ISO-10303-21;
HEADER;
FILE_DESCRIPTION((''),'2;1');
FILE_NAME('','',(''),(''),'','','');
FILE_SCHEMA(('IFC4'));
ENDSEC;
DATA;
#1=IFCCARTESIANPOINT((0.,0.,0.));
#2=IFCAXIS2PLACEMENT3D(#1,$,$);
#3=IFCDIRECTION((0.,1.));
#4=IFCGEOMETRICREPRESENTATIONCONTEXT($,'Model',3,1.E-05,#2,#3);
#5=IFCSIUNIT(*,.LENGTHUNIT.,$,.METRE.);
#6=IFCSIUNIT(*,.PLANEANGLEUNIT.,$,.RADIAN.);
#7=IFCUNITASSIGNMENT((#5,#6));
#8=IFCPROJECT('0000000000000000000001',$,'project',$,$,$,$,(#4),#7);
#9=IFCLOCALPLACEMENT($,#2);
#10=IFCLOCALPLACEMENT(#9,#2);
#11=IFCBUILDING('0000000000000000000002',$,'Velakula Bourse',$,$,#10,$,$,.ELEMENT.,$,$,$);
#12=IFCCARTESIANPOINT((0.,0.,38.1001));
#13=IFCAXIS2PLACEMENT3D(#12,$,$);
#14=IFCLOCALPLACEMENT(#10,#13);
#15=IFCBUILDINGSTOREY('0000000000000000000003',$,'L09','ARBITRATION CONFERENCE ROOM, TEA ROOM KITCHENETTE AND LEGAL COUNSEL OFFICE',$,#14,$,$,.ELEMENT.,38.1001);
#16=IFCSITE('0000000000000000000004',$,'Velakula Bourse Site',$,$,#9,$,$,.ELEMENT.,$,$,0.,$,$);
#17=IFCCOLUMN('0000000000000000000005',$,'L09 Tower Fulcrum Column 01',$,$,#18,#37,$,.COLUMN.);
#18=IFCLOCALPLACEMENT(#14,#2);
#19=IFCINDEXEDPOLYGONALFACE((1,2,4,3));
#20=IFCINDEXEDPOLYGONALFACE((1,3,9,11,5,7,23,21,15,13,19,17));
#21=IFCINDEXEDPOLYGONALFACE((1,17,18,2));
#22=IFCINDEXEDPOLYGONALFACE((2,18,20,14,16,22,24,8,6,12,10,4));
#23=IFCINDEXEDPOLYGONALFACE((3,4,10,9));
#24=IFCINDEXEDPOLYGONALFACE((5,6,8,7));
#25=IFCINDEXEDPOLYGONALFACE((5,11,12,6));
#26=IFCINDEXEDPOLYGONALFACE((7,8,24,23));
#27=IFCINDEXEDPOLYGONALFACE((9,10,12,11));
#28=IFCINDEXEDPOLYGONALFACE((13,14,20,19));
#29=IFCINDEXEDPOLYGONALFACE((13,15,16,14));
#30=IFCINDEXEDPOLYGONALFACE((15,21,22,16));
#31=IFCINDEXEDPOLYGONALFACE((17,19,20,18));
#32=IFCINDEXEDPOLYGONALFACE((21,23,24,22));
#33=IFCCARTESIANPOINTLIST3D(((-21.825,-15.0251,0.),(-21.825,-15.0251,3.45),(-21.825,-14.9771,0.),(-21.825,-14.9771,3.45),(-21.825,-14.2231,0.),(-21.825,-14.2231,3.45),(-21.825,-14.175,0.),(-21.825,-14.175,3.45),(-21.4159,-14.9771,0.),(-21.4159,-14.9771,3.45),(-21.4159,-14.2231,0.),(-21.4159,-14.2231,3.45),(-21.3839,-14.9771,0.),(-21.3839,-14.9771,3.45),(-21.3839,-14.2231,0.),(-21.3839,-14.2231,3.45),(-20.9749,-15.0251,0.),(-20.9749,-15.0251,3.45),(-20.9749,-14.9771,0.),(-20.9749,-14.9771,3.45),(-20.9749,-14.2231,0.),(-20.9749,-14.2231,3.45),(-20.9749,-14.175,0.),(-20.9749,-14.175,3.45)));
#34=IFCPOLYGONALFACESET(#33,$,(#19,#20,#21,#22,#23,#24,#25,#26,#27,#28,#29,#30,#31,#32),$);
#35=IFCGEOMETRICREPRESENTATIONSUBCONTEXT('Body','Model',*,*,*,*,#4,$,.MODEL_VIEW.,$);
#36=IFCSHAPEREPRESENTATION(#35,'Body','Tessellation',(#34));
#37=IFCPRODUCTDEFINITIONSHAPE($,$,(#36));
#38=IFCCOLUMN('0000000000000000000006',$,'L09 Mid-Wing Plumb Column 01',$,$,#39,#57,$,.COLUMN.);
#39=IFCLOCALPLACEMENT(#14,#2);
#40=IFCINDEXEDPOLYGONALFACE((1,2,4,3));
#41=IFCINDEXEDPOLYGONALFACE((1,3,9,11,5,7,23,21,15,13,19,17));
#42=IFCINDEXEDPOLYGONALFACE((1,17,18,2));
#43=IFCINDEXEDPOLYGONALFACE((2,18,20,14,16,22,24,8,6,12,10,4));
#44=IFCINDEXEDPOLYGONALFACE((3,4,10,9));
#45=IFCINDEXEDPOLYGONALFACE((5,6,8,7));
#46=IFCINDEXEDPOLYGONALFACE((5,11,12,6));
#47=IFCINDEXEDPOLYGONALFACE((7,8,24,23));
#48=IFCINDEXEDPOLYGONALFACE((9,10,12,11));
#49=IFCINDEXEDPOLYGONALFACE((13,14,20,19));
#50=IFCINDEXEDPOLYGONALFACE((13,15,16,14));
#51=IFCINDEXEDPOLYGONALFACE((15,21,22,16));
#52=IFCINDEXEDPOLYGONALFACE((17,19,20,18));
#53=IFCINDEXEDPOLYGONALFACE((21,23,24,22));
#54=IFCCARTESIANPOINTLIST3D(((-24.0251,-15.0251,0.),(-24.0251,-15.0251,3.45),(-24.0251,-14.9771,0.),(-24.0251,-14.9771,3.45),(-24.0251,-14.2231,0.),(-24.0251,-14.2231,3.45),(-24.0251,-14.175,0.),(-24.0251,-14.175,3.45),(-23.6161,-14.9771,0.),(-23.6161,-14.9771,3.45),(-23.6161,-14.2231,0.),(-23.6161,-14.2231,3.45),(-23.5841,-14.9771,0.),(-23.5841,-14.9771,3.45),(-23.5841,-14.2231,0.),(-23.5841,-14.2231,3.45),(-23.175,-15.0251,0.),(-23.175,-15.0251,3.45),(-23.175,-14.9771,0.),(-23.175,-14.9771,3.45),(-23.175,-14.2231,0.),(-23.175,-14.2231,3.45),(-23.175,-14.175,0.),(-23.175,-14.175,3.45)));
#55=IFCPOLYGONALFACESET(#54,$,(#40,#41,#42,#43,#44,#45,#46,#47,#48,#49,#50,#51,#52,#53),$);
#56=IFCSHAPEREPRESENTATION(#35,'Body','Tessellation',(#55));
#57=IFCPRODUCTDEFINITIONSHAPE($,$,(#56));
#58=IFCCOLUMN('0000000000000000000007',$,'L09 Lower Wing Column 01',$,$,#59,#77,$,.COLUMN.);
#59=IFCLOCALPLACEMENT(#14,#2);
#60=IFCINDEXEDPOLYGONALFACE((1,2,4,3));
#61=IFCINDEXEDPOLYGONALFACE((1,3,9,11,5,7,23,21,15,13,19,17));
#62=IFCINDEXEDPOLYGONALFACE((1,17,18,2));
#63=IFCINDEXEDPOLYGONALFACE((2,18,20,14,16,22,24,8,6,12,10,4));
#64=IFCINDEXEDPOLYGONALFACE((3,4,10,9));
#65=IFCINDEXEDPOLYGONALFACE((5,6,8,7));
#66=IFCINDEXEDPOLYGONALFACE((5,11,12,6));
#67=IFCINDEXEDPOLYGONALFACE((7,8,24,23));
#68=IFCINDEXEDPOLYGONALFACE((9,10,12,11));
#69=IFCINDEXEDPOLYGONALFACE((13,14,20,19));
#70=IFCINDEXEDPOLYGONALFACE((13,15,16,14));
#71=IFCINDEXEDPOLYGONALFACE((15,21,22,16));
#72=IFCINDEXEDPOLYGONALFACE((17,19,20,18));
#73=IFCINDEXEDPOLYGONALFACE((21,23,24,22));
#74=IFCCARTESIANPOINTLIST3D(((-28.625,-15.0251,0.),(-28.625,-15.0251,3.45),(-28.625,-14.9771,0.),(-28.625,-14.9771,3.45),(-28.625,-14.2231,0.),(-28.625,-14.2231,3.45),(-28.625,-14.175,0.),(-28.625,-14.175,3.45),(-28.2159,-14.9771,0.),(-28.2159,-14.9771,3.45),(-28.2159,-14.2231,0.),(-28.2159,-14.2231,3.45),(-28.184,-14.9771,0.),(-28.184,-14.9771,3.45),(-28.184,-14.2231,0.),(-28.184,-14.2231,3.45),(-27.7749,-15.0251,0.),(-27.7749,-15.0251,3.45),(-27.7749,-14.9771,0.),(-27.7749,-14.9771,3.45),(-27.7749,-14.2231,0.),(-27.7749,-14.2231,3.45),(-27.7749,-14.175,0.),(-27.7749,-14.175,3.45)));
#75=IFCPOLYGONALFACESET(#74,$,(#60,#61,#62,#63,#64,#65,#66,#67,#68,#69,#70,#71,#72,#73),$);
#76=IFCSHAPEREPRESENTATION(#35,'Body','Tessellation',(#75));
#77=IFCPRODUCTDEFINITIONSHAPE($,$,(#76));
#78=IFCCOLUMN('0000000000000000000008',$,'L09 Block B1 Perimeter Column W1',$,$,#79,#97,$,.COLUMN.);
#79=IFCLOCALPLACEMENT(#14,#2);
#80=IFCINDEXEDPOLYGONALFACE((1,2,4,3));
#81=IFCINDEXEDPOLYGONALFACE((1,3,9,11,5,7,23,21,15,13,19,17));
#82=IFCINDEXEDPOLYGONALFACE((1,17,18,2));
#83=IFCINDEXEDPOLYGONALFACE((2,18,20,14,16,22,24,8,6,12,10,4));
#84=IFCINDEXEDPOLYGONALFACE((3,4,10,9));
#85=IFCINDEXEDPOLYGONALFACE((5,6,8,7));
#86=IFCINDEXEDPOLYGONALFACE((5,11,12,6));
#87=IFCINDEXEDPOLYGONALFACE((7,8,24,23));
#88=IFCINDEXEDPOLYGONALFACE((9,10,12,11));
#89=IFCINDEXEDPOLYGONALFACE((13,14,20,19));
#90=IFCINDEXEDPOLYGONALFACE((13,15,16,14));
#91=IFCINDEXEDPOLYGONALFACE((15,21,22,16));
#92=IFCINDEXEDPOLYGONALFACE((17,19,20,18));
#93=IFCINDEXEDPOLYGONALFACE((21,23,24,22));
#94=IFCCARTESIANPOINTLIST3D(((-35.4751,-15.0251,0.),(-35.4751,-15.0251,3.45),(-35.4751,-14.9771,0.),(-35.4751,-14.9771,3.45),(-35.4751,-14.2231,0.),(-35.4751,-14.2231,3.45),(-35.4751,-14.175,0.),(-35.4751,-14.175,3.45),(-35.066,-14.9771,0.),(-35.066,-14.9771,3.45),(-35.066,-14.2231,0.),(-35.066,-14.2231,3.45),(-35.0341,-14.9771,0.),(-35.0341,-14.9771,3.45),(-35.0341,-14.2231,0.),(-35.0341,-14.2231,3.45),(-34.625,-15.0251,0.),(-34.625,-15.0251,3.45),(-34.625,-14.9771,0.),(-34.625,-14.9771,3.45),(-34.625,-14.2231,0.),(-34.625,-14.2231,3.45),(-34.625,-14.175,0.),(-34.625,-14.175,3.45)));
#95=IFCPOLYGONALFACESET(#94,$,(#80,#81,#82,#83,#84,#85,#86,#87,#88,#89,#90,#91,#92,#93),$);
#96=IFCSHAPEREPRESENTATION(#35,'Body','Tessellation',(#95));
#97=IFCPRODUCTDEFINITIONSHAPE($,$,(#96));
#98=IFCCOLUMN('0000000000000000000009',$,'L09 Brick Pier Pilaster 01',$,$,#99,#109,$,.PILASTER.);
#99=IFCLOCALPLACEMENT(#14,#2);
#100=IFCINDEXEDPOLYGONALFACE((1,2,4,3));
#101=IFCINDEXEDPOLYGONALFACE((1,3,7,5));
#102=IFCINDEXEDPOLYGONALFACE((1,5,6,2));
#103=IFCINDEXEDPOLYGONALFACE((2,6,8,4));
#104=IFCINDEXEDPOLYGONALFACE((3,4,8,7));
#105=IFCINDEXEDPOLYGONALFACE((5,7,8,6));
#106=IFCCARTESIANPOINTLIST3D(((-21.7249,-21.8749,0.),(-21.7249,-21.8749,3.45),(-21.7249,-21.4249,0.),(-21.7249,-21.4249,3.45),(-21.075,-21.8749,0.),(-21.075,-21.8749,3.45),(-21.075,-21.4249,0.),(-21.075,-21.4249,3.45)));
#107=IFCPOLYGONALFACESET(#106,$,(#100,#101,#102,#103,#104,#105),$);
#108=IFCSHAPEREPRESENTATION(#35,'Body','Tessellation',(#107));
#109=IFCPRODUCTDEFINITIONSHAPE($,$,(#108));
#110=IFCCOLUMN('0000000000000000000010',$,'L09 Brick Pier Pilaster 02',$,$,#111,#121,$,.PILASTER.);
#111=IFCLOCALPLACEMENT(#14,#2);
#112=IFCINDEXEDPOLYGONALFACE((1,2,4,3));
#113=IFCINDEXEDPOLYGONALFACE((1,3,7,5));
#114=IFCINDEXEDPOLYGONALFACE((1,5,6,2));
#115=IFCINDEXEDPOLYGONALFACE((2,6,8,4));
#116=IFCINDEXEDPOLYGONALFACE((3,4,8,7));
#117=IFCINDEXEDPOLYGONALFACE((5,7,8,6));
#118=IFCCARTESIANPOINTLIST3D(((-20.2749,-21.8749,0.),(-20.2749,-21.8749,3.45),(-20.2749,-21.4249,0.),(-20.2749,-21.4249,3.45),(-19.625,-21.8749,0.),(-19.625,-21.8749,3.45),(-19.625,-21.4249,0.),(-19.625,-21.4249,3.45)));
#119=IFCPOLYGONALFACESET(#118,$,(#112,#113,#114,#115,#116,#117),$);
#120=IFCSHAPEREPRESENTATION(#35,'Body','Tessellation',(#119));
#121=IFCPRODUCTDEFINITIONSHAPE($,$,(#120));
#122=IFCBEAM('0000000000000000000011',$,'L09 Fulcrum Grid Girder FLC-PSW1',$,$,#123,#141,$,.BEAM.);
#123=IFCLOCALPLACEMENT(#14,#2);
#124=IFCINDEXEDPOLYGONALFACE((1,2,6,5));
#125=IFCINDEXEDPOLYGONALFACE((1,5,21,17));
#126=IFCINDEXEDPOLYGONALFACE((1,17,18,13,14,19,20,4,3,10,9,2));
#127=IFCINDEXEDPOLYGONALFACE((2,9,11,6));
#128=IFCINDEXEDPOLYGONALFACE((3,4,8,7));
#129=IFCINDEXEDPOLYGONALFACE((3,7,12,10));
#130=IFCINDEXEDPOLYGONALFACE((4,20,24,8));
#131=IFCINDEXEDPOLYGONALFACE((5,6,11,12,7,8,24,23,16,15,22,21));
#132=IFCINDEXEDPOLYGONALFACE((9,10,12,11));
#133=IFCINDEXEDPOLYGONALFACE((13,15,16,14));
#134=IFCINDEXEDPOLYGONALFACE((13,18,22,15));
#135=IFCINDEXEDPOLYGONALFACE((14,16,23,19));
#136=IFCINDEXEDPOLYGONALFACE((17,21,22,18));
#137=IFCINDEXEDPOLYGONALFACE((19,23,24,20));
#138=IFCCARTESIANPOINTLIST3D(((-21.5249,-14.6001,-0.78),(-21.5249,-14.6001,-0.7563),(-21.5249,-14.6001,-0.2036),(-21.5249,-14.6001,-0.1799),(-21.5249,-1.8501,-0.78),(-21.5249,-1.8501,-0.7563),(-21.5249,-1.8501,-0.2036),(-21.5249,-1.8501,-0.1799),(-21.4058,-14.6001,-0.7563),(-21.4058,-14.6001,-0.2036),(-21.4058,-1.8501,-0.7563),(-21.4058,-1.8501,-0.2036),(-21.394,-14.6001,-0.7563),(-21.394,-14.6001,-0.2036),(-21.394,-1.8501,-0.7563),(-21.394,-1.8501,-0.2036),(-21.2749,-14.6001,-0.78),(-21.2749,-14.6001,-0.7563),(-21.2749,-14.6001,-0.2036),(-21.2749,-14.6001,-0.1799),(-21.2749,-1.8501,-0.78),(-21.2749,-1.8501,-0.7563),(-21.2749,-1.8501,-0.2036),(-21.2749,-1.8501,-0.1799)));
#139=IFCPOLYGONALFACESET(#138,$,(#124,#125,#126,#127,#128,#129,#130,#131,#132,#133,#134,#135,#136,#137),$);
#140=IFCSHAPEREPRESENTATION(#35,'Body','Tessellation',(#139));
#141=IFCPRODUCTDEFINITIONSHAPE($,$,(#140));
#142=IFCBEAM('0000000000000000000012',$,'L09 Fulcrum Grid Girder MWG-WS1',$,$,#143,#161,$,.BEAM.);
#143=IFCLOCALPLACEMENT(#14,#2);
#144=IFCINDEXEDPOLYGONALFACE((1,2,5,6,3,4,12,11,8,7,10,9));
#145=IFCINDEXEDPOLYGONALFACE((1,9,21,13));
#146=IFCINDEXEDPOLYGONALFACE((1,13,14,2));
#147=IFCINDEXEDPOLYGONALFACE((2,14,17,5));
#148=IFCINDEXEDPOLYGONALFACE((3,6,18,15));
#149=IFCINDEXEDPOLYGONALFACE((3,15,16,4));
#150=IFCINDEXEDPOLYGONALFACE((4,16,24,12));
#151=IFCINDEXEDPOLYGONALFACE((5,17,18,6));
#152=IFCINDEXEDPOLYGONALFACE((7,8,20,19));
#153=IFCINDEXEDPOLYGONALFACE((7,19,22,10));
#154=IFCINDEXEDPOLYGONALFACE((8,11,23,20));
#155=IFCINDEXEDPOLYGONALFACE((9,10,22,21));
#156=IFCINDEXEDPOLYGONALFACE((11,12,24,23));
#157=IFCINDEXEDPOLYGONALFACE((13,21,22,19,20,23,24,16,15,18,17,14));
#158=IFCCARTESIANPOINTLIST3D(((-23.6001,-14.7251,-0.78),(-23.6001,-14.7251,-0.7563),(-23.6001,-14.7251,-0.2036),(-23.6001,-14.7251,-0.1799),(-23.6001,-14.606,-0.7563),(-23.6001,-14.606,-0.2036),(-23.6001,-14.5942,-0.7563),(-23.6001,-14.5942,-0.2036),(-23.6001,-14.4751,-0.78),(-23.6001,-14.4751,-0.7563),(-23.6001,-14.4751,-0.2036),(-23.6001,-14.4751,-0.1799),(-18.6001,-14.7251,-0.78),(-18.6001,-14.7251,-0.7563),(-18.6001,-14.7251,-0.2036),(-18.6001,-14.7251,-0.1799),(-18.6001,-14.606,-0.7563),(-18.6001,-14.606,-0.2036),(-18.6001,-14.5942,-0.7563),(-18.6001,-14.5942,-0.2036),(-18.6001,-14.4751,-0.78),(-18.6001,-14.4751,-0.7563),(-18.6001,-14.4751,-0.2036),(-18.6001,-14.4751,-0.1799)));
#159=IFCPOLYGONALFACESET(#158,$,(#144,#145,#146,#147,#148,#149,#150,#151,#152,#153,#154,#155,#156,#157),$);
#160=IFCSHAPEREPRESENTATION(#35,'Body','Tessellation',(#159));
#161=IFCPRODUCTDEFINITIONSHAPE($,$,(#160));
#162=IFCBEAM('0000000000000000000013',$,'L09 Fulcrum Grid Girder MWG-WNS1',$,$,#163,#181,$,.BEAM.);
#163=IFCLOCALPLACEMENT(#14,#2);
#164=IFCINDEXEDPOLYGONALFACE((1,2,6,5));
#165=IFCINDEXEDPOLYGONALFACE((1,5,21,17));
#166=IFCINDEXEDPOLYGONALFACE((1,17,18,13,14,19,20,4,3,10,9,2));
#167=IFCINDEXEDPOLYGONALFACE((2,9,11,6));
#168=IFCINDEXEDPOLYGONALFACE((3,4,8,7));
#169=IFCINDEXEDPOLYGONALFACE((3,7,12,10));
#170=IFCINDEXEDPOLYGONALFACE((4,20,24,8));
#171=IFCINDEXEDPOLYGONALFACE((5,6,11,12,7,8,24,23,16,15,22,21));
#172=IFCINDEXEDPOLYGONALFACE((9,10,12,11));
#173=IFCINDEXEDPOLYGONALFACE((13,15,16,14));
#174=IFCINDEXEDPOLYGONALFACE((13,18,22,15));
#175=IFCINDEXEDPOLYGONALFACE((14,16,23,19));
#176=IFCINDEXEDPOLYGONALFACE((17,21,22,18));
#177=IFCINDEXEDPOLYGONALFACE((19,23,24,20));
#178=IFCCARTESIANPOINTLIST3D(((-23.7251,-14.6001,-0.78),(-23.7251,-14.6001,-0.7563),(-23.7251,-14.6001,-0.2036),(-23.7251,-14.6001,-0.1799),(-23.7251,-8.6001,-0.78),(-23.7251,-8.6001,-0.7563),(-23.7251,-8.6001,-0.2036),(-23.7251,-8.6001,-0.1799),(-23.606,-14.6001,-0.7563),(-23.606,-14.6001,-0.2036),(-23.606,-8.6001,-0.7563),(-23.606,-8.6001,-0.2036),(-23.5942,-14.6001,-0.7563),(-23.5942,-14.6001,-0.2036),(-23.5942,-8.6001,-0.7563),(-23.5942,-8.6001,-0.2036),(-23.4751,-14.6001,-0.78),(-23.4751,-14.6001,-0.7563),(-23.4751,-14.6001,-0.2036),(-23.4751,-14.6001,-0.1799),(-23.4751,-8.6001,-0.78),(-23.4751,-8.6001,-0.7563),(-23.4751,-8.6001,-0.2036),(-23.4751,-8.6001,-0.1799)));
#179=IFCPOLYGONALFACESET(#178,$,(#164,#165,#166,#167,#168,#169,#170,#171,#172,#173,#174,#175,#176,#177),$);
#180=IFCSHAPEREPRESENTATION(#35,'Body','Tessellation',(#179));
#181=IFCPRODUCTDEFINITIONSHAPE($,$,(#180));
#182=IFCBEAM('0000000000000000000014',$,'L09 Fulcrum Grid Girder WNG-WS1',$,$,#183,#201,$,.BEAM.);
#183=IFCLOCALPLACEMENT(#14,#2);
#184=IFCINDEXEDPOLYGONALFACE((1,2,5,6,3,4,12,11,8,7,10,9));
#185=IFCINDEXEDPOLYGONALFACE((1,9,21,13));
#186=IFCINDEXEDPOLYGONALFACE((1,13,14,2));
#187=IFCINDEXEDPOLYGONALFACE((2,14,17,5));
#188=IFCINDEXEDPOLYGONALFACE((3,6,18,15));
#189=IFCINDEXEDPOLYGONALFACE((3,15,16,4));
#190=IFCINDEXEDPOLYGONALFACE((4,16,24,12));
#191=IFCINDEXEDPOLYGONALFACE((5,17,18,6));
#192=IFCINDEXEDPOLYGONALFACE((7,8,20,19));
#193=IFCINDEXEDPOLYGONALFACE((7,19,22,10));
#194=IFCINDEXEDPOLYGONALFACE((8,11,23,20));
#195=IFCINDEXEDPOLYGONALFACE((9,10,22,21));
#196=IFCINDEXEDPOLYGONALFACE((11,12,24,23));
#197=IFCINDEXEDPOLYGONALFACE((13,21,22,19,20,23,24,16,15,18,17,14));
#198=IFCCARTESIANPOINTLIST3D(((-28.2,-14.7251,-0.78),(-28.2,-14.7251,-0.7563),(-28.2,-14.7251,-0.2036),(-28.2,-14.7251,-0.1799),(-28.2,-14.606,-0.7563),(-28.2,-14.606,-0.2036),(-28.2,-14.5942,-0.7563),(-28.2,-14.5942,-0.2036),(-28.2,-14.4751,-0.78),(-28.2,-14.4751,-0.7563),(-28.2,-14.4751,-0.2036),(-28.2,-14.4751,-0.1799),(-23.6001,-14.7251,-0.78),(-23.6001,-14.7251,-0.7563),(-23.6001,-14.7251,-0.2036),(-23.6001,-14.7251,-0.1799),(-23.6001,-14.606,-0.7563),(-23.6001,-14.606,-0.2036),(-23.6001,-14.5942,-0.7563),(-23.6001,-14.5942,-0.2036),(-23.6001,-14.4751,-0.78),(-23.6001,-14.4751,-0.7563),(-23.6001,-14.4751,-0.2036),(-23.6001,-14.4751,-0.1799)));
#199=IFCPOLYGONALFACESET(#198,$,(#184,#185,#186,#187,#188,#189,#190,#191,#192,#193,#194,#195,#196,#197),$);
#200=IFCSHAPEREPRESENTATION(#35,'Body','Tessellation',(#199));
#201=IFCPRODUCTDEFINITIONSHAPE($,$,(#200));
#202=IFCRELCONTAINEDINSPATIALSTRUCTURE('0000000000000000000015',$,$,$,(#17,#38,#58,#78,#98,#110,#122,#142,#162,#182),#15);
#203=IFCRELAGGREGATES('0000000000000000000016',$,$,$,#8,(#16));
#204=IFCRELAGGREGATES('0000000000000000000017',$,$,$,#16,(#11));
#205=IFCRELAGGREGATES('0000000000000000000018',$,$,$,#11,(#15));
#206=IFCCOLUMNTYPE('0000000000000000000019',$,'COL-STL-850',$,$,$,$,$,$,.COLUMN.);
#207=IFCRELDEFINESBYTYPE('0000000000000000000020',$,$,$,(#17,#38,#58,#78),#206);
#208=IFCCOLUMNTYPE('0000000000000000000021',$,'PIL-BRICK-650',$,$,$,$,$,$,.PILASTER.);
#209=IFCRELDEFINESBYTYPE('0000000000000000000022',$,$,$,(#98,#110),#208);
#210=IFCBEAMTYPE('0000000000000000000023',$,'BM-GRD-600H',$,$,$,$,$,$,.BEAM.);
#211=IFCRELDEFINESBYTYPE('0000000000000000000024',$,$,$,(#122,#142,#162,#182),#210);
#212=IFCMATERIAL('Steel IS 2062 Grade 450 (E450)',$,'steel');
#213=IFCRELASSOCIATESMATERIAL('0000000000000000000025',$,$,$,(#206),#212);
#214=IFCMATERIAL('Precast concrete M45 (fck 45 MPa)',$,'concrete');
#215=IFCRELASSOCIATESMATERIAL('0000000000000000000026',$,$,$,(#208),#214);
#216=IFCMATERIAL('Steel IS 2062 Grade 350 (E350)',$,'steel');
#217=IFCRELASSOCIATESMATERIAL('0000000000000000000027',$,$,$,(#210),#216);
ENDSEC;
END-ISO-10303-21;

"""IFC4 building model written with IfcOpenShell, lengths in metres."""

from ifc_helpers import new_model, si_unit, direction, frame, origin, origin_2d, place, context, subcontext, project, spatial, rectangle, i_section, extrude, material, material_profile, profile_set, type_object, element, save


model = new_model("IFC4")

# Units and contexts
model_context = context("Model", 3, precision=1e-05, world=origin(), true_north=direction((0.0, 1.0)))
body_context = subcontext(model_context, "Body", "Model", "MODEL_VIEW")
ifc_project = project(units=[si_unit("LENGTHUNIT", "METRE"), si_unit("PLANEANGLEUNIT", "RADIAN")], contexts=[model_context])

# Site, building, storey
site_placement = place(None, origin())
site = spatial("IfcSite", under=ifc_project, at=site_placement, Name="Velakula Bourse Site", CompositionType="ELEMENT", RefElevation=0.0)
building_placement = place(site_placement, origin())
building = spatial("IfcBuilding", under=site, at=building_placement, Name="Velakula Bourse", CompositionType="ELEMENT")
storey_placement = place(building_placement, frame((0.0, 0.0, 38.1001)))
storey = spatial("IfcBuildingStorey", under=building, at=storey_placement, Name="L09", Description="ARBITRATION CONFERENCE ROOM, TEA ROOM KITCHENETTE AND LEGAL COUNSEL OFFICE", CompositionType="ELEMENT", Elevation=38.1001)

# Columns
ifc_material_1 = material(Name="Steel IS 2062 Grade 450 (E450)", Category="steel")
ifc_material_profile_1 = material_profile(ifc_material_1, i_section(OverallWidth=0.8501, OverallDepth=0.8501, WebThickness=0.032, FlangeThickness=0.0481, at=origin_2d()), Name="Steel IS 2062 Grade 450 (E450)")
ifc_profile_set_1 = profile_set([ifc_material_profile_1], Name="Steel IS 2062 Grade 450 (E450)")
column_type_1 = type_object("IfcColumnType", Name="COL-STL-850", PredefinedType="COLUMN", material=ifc_profile_set_1)
for number, where, z_axis, x_axis, name in (
    (1, (-21.3999, -14.6001, 0.0), (0.0, 0.0, 1.0), (1.0, 0.0, 0.0), "L09 Tower Fulcrum Column 01"),
    (2, (-23.6001, -14.6001, 0.0), (0.0, 0.0, 1.0), (1.0, 0.0, 0.0), "L09 Mid-Wing Plumb Column 01"),
    (3, (-28.2, -14.6001, 0.0), (0.0, 0.0, 1.0), (1.0, 0.0, 0.0), "L09 Lower Wing Column 01"),
    (4, (-35.05, -14.6001, 0.0), (0.0, 0.0, 1.0), (1.0, 0.0, 0.0), "L09 Block B1 Perimeter Column W1"),
):
    element("IfcColumn", number, at=place(storey_placement, frame(where, z_axis=z_axis, x_axis=x_axis)), inside=storey, type_object=column_type_1, Name=name, PredefinedType="COLUMN", context=body_context, shape_type="SweptSolid", body=[
        extrude(i_section(OverallWidth=0.8501, OverallDepth=0.8501, WebThickness=0.032, FlangeThickness=0.0481, at=origin_2d()), origin(), (0.0, 0.0, 1.0), 3.45),
    ])
ifc_material_2 = material(Name="Precast concrete M45 (fck 45 MPa)", Category="concrete")
ifc_material_profile_2 = material_profile(ifc_material_2, rectangle(XDim=0.6499, YDim=0.45, at=origin_2d()), Name="Precast concrete M45 (fck 45 MPa)")
ifc_profile_set_2 = profile_set([ifc_material_profile_2], Name="Precast concrete M45 (fck 45 MPa)")
column_type_2 = type_object("IfcColumnType", Name="PIL-BRICK-650", PredefinedType="PILASTER", material=ifc_profile_set_2)
for number, where, z_axis, x_axis, name in (
    (5, (-21.3999, -21.6499, 0.0), (0.0, 0.0, 1.0), (1.0, 0.0, 0.0), "L09 Brick Pier Pilaster 01"),
    (6, (-19.95, -21.6499, 0.0), (0.0, 0.0, 1.0), (1.0, 0.0, 0.0), "L09 Brick Pier Pilaster 02"),
):
    element("IfcColumn", number, at=place(storey_placement, frame(where, z_axis=z_axis, x_axis=x_axis)), inside=storey, type_object=column_type_2, Name=name, PredefinedType="PILASTER", context=body_context, shape_type="SweptSolid", body=[
        extrude(rectangle(XDim=0.6499, YDim=0.45, at=origin_2d()), origin(), (0.0, 0.0, 1.0), 3.45),
    ])

# Beams
ifc_material_3 = material(Name="Steel IS 2062 Grade 350 (E350)", Category="steel")
ifc_material_profile_3 = material_profile(ifc_material_3, i_section(OverallWidth=0.25, OverallDepth=0.6001, WebThickness=0.0117, FlangeThickness=0.0237, at=origin_2d()), Name="Steel IS 2062 Grade 350 (E350)")
ifc_profile_set_3 = profile_set([ifc_material_profile_3], Name="Steel IS 2062 Grade 350 (E350)")
beam_type_1 = type_object("IfcBeamType", Name="BM-GRD-600H", PredefinedType="BEAM", material=ifc_profile_set_3)
beam_1_placement = place(storey_placement, frame((-21.3999, -14.6001, -0.48), z_axis=(0.0, 1.0, 0.0), x_axis=(-1.0, 0.0, 0.0)))
element("IfcBeam", 7, at=beam_1_placement, inside=storey, type_object=beam_type_1, Name="L09 Fulcrum Grid Girder FLC-PSW1", PredefinedType="BEAM", context=body_context, shape_type="SweptSolid", body=[
    extrude(i_section(OverallWidth=0.25, OverallDepth=0.6001, WebThickness=0.0117, FlangeThickness=0.0237, at=origin_2d()), origin(), (0.0, 0.0, 1.0), 12.75),
])
beam_2_placement = place(storey_placement, frame((-23.6001, -14.6001, -0.48), z_axis=(1.0, 0.0, 0.0), x_axis=(0.0, 1.0, 0.0)))
element("IfcBeam", 8, at=beam_2_placement, inside=storey, type_object=beam_type_1, Name="L09 Fulcrum Grid Girder MWG-WS1", PredefinedType="BEAM", context=body_context, shape_type="SweptSolid", body=[
    extrude(i_section(OverallWidth=0.25, OverallDepth=0.6001, WebThickness=0.0117, FlangeThickness=0.0237, at=origin_2d()), origin(), (0.0, 0.0, 1.0), 5.0),
])
beam_3_placement = place(storey_placement, frame((-23.6001, -14.6001, -0.48), z_axis=(0.0, 1.0, 0.0), x_axis=(-1.0, 0.0, 0.0)))
element("IfcBeam", 9, at=beam_3_placement, inside=storey, type_object=beam_type_1, Name="L09 Fulcrum Grid Girder MWG-WNS1", PredefinedType="BEAM", context=body_context, shape_type="SweptSolid", body=[
    extrude(i_section(OverallWidth=0.25, OverallDepth=0.6001, WebThickness=0.0117, FlangeThickness=0.0237, at=origin_2d()), origin(), (0.0, 0.0, 1.0), 6.0),
])
beam_4_placement = place(storey_placement, frame((-28.2, -14.6001, -0.48), z_axis=(1.0, 0.0, 0.0), x_axis=(0.0, 1.0, 0.0)))
element("IfcBeam", 10, at=beam_4_placement, inside=storey, type_object=beam_type_1, Name="L09 Fulcrum Grid Girder WNG-WS1", PredefinedType="BEAM", context=body_context, shape_type="SweptSolid", body=[
    extrude(i_section(OverallWidth=0.25, OverallDepth=0.6001, WebThickness=0.0117, FlangeThickness=0.0237, at=origin_2d()), origin(), (0.0, 0.0, 1.0), 4.5999),
])

save(model, "model.ifc")
